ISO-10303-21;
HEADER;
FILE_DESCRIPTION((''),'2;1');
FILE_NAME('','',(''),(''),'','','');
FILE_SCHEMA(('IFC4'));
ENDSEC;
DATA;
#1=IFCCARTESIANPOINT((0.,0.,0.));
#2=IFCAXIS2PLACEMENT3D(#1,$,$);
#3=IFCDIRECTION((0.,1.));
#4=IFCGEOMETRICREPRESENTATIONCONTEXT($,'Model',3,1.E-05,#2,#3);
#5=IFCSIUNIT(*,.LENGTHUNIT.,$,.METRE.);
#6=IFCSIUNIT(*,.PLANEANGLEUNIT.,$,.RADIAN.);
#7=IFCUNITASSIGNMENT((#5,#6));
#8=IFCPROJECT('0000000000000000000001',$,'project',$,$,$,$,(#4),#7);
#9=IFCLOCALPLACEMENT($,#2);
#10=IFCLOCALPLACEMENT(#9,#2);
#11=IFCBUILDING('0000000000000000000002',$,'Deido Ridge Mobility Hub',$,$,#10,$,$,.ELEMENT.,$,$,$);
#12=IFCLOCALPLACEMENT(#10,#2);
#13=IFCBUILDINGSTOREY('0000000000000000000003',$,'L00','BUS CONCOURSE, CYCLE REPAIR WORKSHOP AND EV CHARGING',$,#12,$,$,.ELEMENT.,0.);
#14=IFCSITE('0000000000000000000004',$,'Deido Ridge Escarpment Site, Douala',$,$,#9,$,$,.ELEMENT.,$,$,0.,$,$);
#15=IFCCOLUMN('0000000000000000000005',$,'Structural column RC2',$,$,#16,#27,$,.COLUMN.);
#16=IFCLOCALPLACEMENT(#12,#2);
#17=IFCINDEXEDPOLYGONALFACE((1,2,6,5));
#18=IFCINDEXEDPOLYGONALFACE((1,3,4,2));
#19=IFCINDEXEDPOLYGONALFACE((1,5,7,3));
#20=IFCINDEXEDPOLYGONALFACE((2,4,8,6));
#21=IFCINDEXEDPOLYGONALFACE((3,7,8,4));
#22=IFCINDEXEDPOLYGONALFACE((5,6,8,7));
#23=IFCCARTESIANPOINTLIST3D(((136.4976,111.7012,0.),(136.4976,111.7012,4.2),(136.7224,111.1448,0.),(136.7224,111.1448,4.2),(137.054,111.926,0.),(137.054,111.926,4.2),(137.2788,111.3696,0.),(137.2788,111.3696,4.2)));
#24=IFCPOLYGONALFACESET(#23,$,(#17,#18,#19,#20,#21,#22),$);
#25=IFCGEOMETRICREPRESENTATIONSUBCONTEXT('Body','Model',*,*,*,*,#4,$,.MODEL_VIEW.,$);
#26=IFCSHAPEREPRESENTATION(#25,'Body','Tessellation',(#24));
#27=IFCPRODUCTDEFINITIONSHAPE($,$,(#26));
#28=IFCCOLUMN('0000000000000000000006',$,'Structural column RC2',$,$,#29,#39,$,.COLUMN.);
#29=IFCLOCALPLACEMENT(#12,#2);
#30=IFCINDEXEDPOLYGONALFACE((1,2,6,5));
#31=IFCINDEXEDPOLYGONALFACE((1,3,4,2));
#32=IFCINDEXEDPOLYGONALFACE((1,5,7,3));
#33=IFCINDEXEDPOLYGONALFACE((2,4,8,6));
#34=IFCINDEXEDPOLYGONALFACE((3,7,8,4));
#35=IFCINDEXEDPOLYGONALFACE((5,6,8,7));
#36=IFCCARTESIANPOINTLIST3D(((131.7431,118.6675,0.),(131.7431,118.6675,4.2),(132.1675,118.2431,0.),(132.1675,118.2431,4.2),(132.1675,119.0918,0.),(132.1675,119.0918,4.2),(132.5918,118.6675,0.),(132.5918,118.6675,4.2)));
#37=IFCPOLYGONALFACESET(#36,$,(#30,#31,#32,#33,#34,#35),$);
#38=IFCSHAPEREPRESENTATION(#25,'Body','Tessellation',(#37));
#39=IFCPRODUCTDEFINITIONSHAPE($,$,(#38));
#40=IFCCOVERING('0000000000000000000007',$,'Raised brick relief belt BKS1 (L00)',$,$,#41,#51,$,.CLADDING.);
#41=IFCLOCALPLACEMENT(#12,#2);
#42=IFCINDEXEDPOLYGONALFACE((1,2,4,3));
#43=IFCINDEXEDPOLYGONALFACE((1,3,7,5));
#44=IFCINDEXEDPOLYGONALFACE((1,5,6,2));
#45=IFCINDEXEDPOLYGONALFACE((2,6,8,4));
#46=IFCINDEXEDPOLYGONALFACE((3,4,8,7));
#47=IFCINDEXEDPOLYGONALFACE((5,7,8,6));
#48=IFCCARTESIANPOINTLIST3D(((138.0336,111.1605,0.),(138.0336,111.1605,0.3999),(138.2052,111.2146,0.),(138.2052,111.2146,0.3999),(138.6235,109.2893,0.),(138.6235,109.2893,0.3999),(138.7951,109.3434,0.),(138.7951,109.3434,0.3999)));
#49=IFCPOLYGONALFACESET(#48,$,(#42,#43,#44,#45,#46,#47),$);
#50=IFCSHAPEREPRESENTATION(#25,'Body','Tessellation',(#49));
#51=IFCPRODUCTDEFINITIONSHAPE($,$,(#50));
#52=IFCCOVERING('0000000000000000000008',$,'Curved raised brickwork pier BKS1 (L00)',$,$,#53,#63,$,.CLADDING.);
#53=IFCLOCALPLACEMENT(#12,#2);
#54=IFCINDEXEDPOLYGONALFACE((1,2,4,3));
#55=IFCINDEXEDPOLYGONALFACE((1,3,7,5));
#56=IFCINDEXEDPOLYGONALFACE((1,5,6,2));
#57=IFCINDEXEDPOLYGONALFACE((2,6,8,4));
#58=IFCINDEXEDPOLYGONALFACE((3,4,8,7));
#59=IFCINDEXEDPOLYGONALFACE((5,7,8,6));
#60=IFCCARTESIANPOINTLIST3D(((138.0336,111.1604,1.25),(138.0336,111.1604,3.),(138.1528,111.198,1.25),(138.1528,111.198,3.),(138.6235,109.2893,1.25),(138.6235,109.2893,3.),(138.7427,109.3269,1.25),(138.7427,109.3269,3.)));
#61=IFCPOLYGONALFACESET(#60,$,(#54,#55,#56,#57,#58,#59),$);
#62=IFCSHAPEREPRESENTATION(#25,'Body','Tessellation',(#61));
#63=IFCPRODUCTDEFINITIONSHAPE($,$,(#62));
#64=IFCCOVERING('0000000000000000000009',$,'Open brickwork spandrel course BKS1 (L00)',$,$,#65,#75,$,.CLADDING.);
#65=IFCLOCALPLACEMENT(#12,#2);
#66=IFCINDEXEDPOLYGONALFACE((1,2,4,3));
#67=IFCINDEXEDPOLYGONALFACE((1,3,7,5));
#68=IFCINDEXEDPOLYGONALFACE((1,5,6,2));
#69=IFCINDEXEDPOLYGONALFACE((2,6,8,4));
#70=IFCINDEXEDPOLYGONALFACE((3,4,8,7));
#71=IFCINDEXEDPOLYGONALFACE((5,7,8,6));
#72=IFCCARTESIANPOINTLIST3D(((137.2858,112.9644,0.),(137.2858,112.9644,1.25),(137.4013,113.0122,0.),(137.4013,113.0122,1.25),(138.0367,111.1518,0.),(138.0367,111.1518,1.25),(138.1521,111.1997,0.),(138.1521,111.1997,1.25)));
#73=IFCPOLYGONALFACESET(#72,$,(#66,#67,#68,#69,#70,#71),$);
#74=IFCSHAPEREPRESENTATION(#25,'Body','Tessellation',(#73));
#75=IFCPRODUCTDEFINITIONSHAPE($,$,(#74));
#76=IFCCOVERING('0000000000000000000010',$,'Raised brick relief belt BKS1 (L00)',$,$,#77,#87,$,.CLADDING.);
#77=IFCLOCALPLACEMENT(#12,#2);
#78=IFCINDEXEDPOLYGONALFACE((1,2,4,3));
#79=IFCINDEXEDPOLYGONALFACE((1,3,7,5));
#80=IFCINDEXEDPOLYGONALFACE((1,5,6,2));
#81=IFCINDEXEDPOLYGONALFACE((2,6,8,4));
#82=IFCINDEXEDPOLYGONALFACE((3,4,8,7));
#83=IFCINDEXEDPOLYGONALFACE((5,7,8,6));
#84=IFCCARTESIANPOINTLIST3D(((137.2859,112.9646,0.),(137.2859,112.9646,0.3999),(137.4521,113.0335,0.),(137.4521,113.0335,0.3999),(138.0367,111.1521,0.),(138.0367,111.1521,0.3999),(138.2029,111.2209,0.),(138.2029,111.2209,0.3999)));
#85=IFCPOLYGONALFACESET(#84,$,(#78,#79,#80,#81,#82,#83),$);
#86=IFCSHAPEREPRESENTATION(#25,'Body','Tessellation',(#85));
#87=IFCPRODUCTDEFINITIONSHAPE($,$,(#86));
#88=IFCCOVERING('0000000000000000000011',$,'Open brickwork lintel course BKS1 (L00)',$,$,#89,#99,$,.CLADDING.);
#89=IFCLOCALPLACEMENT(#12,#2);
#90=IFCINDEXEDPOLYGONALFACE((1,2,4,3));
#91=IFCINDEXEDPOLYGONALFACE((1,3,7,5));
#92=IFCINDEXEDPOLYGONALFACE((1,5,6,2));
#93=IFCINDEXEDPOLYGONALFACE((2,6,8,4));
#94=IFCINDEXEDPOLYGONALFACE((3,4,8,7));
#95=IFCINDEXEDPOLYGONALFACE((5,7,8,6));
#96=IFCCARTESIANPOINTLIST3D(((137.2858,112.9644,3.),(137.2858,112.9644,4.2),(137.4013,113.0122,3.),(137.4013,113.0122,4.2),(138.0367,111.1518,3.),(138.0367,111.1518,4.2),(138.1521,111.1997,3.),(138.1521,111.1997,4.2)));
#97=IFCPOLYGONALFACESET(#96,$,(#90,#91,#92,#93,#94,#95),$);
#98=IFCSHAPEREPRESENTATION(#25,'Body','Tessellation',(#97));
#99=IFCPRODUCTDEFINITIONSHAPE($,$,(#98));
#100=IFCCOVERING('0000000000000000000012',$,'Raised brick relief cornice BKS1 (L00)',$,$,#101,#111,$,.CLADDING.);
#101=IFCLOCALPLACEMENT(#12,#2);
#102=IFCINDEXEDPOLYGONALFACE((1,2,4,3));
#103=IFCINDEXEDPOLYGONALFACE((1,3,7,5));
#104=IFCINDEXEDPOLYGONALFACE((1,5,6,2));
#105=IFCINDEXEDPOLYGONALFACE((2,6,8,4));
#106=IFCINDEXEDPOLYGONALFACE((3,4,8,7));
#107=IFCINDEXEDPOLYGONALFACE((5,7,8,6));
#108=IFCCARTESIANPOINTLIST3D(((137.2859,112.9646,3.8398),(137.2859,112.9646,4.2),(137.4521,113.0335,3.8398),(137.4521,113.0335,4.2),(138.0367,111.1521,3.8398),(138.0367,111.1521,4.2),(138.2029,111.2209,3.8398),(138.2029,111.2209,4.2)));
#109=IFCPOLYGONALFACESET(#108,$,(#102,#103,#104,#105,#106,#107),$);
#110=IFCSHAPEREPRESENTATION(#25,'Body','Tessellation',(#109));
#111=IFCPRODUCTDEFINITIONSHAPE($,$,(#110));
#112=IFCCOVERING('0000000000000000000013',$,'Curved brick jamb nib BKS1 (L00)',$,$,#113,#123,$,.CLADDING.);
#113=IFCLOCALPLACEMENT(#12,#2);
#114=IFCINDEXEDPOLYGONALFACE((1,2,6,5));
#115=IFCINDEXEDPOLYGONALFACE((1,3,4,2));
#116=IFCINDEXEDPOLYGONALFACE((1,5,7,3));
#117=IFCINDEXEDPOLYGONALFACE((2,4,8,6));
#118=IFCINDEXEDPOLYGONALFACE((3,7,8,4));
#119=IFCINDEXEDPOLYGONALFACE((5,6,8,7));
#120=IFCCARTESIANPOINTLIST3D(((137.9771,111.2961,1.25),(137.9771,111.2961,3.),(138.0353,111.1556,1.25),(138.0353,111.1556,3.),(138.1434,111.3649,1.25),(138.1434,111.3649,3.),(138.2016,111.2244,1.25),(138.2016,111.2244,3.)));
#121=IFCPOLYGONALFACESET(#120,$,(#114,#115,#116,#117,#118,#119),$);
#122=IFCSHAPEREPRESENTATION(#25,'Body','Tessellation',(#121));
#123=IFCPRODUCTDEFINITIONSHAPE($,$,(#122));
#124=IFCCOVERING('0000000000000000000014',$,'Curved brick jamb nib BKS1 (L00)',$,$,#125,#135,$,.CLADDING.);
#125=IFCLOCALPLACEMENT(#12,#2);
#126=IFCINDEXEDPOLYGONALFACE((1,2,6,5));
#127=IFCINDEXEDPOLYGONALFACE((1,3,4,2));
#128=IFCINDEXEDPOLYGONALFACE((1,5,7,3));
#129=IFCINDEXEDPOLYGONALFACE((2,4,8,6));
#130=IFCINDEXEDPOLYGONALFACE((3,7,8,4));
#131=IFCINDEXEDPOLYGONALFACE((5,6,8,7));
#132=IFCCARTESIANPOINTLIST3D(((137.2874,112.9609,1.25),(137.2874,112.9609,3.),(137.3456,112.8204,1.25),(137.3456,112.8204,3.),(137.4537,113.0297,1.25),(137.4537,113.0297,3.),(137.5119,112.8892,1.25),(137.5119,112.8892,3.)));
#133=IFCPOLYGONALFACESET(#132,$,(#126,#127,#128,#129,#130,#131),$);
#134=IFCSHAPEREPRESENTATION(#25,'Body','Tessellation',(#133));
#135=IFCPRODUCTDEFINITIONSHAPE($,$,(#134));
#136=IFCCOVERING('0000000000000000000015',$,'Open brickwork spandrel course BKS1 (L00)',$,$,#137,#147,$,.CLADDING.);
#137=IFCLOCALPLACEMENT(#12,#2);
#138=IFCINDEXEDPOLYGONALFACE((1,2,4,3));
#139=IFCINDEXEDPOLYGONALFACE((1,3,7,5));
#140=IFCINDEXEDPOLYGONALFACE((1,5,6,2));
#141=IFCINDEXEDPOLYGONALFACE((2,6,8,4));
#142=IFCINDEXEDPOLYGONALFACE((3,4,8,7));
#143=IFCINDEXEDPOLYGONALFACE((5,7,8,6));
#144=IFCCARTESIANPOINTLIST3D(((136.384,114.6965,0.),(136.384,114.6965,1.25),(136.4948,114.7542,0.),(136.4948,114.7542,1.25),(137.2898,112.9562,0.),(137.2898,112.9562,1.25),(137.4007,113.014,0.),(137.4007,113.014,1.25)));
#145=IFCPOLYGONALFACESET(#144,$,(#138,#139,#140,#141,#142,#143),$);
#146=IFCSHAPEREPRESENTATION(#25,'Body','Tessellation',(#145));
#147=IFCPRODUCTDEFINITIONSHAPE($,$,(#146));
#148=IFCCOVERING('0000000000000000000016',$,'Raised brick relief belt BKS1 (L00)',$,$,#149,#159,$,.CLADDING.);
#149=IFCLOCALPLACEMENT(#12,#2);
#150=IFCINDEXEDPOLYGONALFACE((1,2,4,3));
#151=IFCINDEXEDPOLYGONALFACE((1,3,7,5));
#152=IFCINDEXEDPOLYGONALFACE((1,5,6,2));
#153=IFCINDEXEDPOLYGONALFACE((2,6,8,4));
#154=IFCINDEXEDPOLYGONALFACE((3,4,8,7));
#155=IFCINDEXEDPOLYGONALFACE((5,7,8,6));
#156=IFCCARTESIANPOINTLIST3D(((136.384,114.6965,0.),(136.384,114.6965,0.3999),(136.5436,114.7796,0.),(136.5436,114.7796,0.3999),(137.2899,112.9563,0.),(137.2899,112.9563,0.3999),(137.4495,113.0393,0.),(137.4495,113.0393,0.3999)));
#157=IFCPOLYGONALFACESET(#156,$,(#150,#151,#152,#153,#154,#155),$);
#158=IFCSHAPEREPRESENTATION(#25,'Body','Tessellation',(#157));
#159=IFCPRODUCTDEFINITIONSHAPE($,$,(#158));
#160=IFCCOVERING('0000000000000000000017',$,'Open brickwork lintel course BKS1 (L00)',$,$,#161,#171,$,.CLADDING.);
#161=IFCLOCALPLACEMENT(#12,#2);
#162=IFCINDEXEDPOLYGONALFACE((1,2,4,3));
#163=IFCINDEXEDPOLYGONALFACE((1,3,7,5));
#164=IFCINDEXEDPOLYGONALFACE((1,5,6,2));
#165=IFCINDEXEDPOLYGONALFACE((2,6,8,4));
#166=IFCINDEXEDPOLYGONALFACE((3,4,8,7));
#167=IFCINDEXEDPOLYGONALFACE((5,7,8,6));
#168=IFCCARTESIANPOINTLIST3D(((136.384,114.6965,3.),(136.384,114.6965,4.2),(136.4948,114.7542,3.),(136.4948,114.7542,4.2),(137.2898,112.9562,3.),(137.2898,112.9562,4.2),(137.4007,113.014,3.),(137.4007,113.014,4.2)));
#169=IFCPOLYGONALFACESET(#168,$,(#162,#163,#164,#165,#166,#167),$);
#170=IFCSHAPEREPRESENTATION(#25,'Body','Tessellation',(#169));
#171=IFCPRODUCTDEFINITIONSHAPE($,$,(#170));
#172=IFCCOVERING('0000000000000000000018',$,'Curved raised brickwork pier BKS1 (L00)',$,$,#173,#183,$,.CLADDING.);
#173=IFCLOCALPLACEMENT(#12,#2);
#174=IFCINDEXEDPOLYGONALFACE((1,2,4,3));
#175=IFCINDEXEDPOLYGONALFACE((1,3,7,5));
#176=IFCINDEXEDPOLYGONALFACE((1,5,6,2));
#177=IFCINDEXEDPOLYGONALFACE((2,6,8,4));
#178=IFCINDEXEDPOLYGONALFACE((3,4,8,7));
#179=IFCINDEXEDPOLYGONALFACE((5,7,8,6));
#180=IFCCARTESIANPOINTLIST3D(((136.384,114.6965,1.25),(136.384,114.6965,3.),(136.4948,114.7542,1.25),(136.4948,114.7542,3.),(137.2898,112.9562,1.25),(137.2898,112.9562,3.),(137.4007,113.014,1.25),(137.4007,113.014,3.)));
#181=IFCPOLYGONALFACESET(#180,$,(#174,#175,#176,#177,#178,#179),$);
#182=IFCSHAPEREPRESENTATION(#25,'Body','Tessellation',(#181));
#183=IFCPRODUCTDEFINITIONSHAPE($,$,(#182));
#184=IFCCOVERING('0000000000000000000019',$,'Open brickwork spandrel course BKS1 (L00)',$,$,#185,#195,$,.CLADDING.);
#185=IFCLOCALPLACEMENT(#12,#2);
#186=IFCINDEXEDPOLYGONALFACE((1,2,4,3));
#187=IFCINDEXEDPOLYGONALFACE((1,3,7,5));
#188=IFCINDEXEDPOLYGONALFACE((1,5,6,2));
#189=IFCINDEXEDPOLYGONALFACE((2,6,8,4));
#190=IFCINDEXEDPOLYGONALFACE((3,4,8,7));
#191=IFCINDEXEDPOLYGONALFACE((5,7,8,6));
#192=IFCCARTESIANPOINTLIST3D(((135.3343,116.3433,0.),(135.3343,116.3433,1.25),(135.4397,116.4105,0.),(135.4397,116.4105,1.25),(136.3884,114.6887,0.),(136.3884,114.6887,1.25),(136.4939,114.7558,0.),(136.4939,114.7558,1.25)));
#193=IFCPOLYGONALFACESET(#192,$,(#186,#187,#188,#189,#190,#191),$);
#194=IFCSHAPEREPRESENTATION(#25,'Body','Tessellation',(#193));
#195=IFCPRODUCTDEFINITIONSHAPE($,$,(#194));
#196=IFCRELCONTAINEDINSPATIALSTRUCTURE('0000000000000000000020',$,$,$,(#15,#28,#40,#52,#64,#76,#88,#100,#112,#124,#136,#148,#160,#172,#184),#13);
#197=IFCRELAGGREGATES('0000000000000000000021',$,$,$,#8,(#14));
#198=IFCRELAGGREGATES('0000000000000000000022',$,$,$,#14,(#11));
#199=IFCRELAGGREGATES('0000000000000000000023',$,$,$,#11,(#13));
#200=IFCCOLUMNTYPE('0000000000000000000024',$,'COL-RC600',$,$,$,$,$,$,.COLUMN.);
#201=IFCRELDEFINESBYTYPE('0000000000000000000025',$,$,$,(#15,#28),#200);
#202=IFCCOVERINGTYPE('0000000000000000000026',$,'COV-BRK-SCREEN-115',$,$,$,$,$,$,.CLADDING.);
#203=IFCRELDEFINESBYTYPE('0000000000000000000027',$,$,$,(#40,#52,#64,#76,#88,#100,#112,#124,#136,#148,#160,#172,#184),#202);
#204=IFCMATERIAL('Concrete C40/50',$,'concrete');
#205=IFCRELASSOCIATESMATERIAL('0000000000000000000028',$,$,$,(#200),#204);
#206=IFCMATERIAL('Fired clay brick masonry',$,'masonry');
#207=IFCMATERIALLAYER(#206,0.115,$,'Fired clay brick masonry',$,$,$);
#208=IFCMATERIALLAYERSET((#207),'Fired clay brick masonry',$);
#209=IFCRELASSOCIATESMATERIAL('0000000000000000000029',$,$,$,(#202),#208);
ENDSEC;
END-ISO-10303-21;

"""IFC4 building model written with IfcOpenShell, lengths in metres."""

from ifc_helpers import new_model, si_unit, direction, frame, origin, origin_2d, place, context, subcontext, project, spatial, rectangle, extrude, material, layer, layer_set, material_profile, profile_set, type_object, element, save


model = new_model("IFC4")

# Units and contexts
model_context = context("Model", 3, precision=1e-05, world=origin(), true_north=direction((0.0, 1.0)))
body_context = subcontext(model_context, "Body", "Model", "MODEL_VIEW")
ifc_project = project(units=[si_unit("LENGTHUNIT", "METRE"), si_unit("PLANEANGLEUNIT", "RADIAN")], contexts=[model_context])

# Site, building, storey
site_placement = place(None, origin())
site = spatial("IfcSite", under=ifc_project, at=site_placement, Name="Deido Ridge Escarpment Site, Douala", CompositionType="ELEMENT", RefElevation=0.0)
building_placement = place(site_placement, origin())
building = spatial("IfcBuilding", under=site, at=building_placement, Name="Deido Ridge Mobility Hub", CompositionType="ELEMENT")
storey_placement = place(building_placement, origin())
storey = spatial("IfcBuildingStorey", under=building, at=storey_placement, Name="L00", Description="BUS CONCOURSE, CYCLE REPAIR WORKSHOP AND EV CHARGING", CompositionType="ELEMENT", Elevation=0.0)

# Columns
ifc_material_1 = material(Name="Concrete C40/50", Category="concrete")
ifc_material_profile = material_profile(ifc_material_1, rectangle(XDim=0.6001, YDim=0.6001, at=origin_2d()), Name="RC COL 600x600")
ifc_profile_set = profile_set([ifc_material_profile], Name="Concrete C40/50")
column_type = type_object("IfcColumnType", Name="COL-RC600", PredefinedType="COLUMN", material=ifc_profile_set)
for number, where, z_axis, x_axis, name in (
    (1, (136.8882, 111.5354, 0.0), (0.0, 0.0, 1.0), (0.927184, 0.374607, 0.0), "Structural column RC2"),
    (2, (132.1675, 118.6675, 0.0), (0.0, 0.0, 1.0), (0.707107, 0.707107, 0.0), "Structural column RC2"),
):
    element("IfcColumn", number, at=place(storey_placement, frame(where, z_axis=z_axis, x_axis=x_axis)), inside=storey, type_object=column_type, Name=name, PredefinedType="COLUMN", context=body_context, shape_type="SweptSolid", body=[
        extrude(rectangle(XDim=0.6001, YDim=0.6001, at=origin_2d()), origin(), (0.0, 0.0, 1.0), 4.2),
    ])

# Coverings
ifc_material_2 = material(Name="Fired clay brick masonry", Category="masonry")
ifc_layer = layer(ifc_material_2, 0.115, Name="Fired clay brick masonry")
ifc_layer_set = layer_set([ifc_layer], Name="Fired clay brick masonry")
covering_type = type_object("IfcCoveringType", Name="COV-BRK-SCREEN-115", PredefinedType="CLADDING", material=ifc_layer_set)
covering_1_placement = place(storey_placement, frame((138.4143, 110.252, 0.0), z_axis=(0.0, 0.0, 1.0), x_axis=(-0.300673, 0.953727, 0.0)))
element("IfcCovering", 3, at=covering_1_placement, inside=storey, type_object=covering_type, Name="Raised brick relief belt BKS1 (L00)", PredefinedType="CLADDING", context=body_context, shape_type="SweptSolid", body=[
    extrude(rectangle(XDim=1.9619, YDim=0.1799, at=origin_2d()), origin(), (0.0, 0.0, 1.0), 0.3999),
])
covering_2_placement = place(storey_placement, frame((138.3882, 110.2437, 1.25), z_axis=(0.0, 0.0, 1.0), x_axis=(-0.300673, 0.953727, 0.0)))
element("IfcCovering", 4, at=covering_2_placement, inside=storey, type_object=covering_type, Name="Curved raised brickwork pier BKS1 (L00)", PredefinedType="CLADDING", context=body_context, shape_type="SweptSolid", body=[
    extrude(rectangle(XDim=1.9619, YDim=0.125, at=origin_2d()), origin(), (0.0, 0.0, 1.0), 1.75),
])
covering_3_placement = place(storey_placement, frame((137.719, 112.082, 0.0), z_axis=(0.0, 0.0, 1.0), x_axis=(-0.3827, 0.923873, 0.0)))
element("IfcCovering", 5, at=covering_3_placement, inside=storey, type_object=covering_type, Name="Open brickwork spandrel course BKS1 (L00)", PredefinedType="CLADDING", context=body_context, shape_type="SweptSolid", body=[
    extrude(rectangle(XDim=1.9619, YDim=0.125, at=origin_2d()), origin(), (0.0, 0.0, 1.0), 1.25),
])
covering_4_placement = place(storey_placement, frame((137.7444, 112.0928, 0.0), z_axis=(0.0, 0.0, 1.0), x_axis=(-0.3827, 0.923873, 0.0)))
element("IfcCovering", 6, at=covering_4_placement, inside=storey, type_object=covering_type, Name="Raised brick relief belt BKS1 (L00)", PredefinedType="CLADDING", context=body_context, shape_type="SweptSolid", body=[
    extrude(rectangle(XDim=1.9619, YDim=0.1799, at=origin_2d()), origin(), (0.0, 0.0, 1.0), 0.3999),
])
covering_5_placement = place(storey_placement, frame((137.719, 112.082, 3.0), z_axis=(0.0, 0.0, 1.0), x_axis=(-0.3827, 0.923873, 0.0)))
element("IfcCovering", 7, at=covering_5_placement, inside=storey, type_object=covering_type, Name="Open brickwork lintel course BKS1 (L00)", PredefinedType="CLADDING", context=body_context, shape_type="SweptSolid", body=[
    extrude(rectangle(XDim=1.9619, YDim=0.125, at=origin_2d()), origin(), (0.0, 0.0, 1.0), 1.2),
])
covering_6_placement = place(storey_placement, frame((137.7444, 112.0928, 3.8398), z_axis=(0.0, 0.0, 1.0), x_axis=(-0.3827, 0.923873, 0.0)))
element("IfcCovering", 8, at=covering_6_placement, inside=storey, type_object=covering_type, Name="Raised brick relief cornice BKS1 (L00)", PredefinedType="CLADDING", context=body_context, shape_type="SweptSolid", body=[
    extrude(rectangle(XDim=1.9619, YDim=0.1799, at=origin_2d()), origin(), (0.0, 0.0, 1.0), 0.3601),
])
for number, where, z_axis, x_axis, name in (
    (9, (138.0894, 111.2603, 1.25), (0.0, 0.0, 1.0), (-0.3827, 0.923873, 0.0), "Curved brick jamb nib BKS1 (L00)"),
    (10, (137.3997, 112.925, 1.25), (0.0, 0.0, 1.0), (-0.3827, 0.923873, 0.0), "Curved brick jamb nib BKS1 (L00)"),
):
    element("IfcCovering", number, at=place(storey_placement, frame(where, z_axis=z_axis, x_axis=x_axis)), inside=storey, type_object=covering_type, Name=name, PredefinedType="CLADDING", context=body_context, shape_type="SweptSolid", body=[
        extrude(rectangle(XDim=0.1521, YDim=0.1799, at=origin_2d()), origin(), (0.0, 0.0, 1.0), 1.75),
    ])
covering_7_placement = place(storey_placement, frame((136.8923, 113.8552, 0.0), z_axis=(0.0, 0.0, 1.0), x_axis=(-0.461733, 0.887019, 0.0)))
element("IfcCovering", 11, at=covering_7_placement, inside=storey, type_object=covering_type, Name="Open brickwork spandrel course BKS1 (L00)", PredefinedType="CLADDING", context=body_context, shape_type="SweptSolid", body=[
    extrude(rectangle(XDim=1.9619, YDim=0.125, at=origin_2d()), origin(), (0.0, 0.0, 1.0), 1.25),
])
covering_8_placement = place(storey_placement, frame((136.9167, 113.8679, 0.0), z_axis=(0.0, 0.0, 1.0), x_axis=(-0.461733, 0.887019, 0.0)))
element("IfcCovering", 12, at=covering_8_placement, inside=storey, type_object=covering_type, Name="Raised brick relief belt BKS1 (L00)", PredefinedType="CLADDING", context=body_context, shape_type="SweptSolid", body=[
    extrude(rectangle(XDim=1.9619, YDim=0.1799, at=origin_2d()), origin(), (0.0, 0.0, 1.0), 0.3999),
])
covering_9_placement = place(storey_placement, frame((136.8923, 113.8552, 3.0), z_axis=(0.0, 0.0, 1.0), x_axis=(-0.461733, 0.887019, 0.0)))
element("IfcCovering", 13, at=covering_9_placement, inside=storey, type_object=covering_type, Name="Open brickwork lintel course BKS1 (L00)", PredefinedType="CLADDING", context=body_context, shape_type="SweptSolid", body=[
    extrude(rectangle(XDim=1.9619, YDim=0.125, at=origin_2d()), origin(), (0.0, 0.0, 1.0), 1.2),
])
covering_10_placement = place(storey_placement, frame((136.8923, 113.8552, 1.25), z_axis=(0.0, 0.0, 1.0), x_axis=(-0.461733, 0.887019, 0.0)))
element("IfcCovering", 14, at=covering_10_placement, inside=storey, type_object=covering_type, Name="Curved raised brickwork pier BKS1 (L00)", PredefinedType="CLADDING", context=body_context, shape_type="SweptSolid", body=[
    extrude(rectangle(XDim=1.9619, YDim=0.125, at=origin_2d()), origin(), (0.0, 0.0, 1.0), 1.75),
])
covering_11_placement = place(storey_placement, frame((135.9141, 115.5496, 0.0), z_axis=(0.0, 0.0, 1.0), x_axis=(-0.537314, 0.843382, 0.0)))
element("IfcCovering", 15, at=covering_11_placement, inside=storey, type_object=covering_type, Name="Open brickwork spandrel course BKS1 (L00)", PredefinedType="CLADDING", context=body_context, shape_type="SweptSolid", body=[
    extrude(rectangle(XDim=1.9619, YDim=0.125, at=origin_2d()), origin(), (0.0, 0.0, 1.0), 1.25),
])

save(model, "model.ifc")
